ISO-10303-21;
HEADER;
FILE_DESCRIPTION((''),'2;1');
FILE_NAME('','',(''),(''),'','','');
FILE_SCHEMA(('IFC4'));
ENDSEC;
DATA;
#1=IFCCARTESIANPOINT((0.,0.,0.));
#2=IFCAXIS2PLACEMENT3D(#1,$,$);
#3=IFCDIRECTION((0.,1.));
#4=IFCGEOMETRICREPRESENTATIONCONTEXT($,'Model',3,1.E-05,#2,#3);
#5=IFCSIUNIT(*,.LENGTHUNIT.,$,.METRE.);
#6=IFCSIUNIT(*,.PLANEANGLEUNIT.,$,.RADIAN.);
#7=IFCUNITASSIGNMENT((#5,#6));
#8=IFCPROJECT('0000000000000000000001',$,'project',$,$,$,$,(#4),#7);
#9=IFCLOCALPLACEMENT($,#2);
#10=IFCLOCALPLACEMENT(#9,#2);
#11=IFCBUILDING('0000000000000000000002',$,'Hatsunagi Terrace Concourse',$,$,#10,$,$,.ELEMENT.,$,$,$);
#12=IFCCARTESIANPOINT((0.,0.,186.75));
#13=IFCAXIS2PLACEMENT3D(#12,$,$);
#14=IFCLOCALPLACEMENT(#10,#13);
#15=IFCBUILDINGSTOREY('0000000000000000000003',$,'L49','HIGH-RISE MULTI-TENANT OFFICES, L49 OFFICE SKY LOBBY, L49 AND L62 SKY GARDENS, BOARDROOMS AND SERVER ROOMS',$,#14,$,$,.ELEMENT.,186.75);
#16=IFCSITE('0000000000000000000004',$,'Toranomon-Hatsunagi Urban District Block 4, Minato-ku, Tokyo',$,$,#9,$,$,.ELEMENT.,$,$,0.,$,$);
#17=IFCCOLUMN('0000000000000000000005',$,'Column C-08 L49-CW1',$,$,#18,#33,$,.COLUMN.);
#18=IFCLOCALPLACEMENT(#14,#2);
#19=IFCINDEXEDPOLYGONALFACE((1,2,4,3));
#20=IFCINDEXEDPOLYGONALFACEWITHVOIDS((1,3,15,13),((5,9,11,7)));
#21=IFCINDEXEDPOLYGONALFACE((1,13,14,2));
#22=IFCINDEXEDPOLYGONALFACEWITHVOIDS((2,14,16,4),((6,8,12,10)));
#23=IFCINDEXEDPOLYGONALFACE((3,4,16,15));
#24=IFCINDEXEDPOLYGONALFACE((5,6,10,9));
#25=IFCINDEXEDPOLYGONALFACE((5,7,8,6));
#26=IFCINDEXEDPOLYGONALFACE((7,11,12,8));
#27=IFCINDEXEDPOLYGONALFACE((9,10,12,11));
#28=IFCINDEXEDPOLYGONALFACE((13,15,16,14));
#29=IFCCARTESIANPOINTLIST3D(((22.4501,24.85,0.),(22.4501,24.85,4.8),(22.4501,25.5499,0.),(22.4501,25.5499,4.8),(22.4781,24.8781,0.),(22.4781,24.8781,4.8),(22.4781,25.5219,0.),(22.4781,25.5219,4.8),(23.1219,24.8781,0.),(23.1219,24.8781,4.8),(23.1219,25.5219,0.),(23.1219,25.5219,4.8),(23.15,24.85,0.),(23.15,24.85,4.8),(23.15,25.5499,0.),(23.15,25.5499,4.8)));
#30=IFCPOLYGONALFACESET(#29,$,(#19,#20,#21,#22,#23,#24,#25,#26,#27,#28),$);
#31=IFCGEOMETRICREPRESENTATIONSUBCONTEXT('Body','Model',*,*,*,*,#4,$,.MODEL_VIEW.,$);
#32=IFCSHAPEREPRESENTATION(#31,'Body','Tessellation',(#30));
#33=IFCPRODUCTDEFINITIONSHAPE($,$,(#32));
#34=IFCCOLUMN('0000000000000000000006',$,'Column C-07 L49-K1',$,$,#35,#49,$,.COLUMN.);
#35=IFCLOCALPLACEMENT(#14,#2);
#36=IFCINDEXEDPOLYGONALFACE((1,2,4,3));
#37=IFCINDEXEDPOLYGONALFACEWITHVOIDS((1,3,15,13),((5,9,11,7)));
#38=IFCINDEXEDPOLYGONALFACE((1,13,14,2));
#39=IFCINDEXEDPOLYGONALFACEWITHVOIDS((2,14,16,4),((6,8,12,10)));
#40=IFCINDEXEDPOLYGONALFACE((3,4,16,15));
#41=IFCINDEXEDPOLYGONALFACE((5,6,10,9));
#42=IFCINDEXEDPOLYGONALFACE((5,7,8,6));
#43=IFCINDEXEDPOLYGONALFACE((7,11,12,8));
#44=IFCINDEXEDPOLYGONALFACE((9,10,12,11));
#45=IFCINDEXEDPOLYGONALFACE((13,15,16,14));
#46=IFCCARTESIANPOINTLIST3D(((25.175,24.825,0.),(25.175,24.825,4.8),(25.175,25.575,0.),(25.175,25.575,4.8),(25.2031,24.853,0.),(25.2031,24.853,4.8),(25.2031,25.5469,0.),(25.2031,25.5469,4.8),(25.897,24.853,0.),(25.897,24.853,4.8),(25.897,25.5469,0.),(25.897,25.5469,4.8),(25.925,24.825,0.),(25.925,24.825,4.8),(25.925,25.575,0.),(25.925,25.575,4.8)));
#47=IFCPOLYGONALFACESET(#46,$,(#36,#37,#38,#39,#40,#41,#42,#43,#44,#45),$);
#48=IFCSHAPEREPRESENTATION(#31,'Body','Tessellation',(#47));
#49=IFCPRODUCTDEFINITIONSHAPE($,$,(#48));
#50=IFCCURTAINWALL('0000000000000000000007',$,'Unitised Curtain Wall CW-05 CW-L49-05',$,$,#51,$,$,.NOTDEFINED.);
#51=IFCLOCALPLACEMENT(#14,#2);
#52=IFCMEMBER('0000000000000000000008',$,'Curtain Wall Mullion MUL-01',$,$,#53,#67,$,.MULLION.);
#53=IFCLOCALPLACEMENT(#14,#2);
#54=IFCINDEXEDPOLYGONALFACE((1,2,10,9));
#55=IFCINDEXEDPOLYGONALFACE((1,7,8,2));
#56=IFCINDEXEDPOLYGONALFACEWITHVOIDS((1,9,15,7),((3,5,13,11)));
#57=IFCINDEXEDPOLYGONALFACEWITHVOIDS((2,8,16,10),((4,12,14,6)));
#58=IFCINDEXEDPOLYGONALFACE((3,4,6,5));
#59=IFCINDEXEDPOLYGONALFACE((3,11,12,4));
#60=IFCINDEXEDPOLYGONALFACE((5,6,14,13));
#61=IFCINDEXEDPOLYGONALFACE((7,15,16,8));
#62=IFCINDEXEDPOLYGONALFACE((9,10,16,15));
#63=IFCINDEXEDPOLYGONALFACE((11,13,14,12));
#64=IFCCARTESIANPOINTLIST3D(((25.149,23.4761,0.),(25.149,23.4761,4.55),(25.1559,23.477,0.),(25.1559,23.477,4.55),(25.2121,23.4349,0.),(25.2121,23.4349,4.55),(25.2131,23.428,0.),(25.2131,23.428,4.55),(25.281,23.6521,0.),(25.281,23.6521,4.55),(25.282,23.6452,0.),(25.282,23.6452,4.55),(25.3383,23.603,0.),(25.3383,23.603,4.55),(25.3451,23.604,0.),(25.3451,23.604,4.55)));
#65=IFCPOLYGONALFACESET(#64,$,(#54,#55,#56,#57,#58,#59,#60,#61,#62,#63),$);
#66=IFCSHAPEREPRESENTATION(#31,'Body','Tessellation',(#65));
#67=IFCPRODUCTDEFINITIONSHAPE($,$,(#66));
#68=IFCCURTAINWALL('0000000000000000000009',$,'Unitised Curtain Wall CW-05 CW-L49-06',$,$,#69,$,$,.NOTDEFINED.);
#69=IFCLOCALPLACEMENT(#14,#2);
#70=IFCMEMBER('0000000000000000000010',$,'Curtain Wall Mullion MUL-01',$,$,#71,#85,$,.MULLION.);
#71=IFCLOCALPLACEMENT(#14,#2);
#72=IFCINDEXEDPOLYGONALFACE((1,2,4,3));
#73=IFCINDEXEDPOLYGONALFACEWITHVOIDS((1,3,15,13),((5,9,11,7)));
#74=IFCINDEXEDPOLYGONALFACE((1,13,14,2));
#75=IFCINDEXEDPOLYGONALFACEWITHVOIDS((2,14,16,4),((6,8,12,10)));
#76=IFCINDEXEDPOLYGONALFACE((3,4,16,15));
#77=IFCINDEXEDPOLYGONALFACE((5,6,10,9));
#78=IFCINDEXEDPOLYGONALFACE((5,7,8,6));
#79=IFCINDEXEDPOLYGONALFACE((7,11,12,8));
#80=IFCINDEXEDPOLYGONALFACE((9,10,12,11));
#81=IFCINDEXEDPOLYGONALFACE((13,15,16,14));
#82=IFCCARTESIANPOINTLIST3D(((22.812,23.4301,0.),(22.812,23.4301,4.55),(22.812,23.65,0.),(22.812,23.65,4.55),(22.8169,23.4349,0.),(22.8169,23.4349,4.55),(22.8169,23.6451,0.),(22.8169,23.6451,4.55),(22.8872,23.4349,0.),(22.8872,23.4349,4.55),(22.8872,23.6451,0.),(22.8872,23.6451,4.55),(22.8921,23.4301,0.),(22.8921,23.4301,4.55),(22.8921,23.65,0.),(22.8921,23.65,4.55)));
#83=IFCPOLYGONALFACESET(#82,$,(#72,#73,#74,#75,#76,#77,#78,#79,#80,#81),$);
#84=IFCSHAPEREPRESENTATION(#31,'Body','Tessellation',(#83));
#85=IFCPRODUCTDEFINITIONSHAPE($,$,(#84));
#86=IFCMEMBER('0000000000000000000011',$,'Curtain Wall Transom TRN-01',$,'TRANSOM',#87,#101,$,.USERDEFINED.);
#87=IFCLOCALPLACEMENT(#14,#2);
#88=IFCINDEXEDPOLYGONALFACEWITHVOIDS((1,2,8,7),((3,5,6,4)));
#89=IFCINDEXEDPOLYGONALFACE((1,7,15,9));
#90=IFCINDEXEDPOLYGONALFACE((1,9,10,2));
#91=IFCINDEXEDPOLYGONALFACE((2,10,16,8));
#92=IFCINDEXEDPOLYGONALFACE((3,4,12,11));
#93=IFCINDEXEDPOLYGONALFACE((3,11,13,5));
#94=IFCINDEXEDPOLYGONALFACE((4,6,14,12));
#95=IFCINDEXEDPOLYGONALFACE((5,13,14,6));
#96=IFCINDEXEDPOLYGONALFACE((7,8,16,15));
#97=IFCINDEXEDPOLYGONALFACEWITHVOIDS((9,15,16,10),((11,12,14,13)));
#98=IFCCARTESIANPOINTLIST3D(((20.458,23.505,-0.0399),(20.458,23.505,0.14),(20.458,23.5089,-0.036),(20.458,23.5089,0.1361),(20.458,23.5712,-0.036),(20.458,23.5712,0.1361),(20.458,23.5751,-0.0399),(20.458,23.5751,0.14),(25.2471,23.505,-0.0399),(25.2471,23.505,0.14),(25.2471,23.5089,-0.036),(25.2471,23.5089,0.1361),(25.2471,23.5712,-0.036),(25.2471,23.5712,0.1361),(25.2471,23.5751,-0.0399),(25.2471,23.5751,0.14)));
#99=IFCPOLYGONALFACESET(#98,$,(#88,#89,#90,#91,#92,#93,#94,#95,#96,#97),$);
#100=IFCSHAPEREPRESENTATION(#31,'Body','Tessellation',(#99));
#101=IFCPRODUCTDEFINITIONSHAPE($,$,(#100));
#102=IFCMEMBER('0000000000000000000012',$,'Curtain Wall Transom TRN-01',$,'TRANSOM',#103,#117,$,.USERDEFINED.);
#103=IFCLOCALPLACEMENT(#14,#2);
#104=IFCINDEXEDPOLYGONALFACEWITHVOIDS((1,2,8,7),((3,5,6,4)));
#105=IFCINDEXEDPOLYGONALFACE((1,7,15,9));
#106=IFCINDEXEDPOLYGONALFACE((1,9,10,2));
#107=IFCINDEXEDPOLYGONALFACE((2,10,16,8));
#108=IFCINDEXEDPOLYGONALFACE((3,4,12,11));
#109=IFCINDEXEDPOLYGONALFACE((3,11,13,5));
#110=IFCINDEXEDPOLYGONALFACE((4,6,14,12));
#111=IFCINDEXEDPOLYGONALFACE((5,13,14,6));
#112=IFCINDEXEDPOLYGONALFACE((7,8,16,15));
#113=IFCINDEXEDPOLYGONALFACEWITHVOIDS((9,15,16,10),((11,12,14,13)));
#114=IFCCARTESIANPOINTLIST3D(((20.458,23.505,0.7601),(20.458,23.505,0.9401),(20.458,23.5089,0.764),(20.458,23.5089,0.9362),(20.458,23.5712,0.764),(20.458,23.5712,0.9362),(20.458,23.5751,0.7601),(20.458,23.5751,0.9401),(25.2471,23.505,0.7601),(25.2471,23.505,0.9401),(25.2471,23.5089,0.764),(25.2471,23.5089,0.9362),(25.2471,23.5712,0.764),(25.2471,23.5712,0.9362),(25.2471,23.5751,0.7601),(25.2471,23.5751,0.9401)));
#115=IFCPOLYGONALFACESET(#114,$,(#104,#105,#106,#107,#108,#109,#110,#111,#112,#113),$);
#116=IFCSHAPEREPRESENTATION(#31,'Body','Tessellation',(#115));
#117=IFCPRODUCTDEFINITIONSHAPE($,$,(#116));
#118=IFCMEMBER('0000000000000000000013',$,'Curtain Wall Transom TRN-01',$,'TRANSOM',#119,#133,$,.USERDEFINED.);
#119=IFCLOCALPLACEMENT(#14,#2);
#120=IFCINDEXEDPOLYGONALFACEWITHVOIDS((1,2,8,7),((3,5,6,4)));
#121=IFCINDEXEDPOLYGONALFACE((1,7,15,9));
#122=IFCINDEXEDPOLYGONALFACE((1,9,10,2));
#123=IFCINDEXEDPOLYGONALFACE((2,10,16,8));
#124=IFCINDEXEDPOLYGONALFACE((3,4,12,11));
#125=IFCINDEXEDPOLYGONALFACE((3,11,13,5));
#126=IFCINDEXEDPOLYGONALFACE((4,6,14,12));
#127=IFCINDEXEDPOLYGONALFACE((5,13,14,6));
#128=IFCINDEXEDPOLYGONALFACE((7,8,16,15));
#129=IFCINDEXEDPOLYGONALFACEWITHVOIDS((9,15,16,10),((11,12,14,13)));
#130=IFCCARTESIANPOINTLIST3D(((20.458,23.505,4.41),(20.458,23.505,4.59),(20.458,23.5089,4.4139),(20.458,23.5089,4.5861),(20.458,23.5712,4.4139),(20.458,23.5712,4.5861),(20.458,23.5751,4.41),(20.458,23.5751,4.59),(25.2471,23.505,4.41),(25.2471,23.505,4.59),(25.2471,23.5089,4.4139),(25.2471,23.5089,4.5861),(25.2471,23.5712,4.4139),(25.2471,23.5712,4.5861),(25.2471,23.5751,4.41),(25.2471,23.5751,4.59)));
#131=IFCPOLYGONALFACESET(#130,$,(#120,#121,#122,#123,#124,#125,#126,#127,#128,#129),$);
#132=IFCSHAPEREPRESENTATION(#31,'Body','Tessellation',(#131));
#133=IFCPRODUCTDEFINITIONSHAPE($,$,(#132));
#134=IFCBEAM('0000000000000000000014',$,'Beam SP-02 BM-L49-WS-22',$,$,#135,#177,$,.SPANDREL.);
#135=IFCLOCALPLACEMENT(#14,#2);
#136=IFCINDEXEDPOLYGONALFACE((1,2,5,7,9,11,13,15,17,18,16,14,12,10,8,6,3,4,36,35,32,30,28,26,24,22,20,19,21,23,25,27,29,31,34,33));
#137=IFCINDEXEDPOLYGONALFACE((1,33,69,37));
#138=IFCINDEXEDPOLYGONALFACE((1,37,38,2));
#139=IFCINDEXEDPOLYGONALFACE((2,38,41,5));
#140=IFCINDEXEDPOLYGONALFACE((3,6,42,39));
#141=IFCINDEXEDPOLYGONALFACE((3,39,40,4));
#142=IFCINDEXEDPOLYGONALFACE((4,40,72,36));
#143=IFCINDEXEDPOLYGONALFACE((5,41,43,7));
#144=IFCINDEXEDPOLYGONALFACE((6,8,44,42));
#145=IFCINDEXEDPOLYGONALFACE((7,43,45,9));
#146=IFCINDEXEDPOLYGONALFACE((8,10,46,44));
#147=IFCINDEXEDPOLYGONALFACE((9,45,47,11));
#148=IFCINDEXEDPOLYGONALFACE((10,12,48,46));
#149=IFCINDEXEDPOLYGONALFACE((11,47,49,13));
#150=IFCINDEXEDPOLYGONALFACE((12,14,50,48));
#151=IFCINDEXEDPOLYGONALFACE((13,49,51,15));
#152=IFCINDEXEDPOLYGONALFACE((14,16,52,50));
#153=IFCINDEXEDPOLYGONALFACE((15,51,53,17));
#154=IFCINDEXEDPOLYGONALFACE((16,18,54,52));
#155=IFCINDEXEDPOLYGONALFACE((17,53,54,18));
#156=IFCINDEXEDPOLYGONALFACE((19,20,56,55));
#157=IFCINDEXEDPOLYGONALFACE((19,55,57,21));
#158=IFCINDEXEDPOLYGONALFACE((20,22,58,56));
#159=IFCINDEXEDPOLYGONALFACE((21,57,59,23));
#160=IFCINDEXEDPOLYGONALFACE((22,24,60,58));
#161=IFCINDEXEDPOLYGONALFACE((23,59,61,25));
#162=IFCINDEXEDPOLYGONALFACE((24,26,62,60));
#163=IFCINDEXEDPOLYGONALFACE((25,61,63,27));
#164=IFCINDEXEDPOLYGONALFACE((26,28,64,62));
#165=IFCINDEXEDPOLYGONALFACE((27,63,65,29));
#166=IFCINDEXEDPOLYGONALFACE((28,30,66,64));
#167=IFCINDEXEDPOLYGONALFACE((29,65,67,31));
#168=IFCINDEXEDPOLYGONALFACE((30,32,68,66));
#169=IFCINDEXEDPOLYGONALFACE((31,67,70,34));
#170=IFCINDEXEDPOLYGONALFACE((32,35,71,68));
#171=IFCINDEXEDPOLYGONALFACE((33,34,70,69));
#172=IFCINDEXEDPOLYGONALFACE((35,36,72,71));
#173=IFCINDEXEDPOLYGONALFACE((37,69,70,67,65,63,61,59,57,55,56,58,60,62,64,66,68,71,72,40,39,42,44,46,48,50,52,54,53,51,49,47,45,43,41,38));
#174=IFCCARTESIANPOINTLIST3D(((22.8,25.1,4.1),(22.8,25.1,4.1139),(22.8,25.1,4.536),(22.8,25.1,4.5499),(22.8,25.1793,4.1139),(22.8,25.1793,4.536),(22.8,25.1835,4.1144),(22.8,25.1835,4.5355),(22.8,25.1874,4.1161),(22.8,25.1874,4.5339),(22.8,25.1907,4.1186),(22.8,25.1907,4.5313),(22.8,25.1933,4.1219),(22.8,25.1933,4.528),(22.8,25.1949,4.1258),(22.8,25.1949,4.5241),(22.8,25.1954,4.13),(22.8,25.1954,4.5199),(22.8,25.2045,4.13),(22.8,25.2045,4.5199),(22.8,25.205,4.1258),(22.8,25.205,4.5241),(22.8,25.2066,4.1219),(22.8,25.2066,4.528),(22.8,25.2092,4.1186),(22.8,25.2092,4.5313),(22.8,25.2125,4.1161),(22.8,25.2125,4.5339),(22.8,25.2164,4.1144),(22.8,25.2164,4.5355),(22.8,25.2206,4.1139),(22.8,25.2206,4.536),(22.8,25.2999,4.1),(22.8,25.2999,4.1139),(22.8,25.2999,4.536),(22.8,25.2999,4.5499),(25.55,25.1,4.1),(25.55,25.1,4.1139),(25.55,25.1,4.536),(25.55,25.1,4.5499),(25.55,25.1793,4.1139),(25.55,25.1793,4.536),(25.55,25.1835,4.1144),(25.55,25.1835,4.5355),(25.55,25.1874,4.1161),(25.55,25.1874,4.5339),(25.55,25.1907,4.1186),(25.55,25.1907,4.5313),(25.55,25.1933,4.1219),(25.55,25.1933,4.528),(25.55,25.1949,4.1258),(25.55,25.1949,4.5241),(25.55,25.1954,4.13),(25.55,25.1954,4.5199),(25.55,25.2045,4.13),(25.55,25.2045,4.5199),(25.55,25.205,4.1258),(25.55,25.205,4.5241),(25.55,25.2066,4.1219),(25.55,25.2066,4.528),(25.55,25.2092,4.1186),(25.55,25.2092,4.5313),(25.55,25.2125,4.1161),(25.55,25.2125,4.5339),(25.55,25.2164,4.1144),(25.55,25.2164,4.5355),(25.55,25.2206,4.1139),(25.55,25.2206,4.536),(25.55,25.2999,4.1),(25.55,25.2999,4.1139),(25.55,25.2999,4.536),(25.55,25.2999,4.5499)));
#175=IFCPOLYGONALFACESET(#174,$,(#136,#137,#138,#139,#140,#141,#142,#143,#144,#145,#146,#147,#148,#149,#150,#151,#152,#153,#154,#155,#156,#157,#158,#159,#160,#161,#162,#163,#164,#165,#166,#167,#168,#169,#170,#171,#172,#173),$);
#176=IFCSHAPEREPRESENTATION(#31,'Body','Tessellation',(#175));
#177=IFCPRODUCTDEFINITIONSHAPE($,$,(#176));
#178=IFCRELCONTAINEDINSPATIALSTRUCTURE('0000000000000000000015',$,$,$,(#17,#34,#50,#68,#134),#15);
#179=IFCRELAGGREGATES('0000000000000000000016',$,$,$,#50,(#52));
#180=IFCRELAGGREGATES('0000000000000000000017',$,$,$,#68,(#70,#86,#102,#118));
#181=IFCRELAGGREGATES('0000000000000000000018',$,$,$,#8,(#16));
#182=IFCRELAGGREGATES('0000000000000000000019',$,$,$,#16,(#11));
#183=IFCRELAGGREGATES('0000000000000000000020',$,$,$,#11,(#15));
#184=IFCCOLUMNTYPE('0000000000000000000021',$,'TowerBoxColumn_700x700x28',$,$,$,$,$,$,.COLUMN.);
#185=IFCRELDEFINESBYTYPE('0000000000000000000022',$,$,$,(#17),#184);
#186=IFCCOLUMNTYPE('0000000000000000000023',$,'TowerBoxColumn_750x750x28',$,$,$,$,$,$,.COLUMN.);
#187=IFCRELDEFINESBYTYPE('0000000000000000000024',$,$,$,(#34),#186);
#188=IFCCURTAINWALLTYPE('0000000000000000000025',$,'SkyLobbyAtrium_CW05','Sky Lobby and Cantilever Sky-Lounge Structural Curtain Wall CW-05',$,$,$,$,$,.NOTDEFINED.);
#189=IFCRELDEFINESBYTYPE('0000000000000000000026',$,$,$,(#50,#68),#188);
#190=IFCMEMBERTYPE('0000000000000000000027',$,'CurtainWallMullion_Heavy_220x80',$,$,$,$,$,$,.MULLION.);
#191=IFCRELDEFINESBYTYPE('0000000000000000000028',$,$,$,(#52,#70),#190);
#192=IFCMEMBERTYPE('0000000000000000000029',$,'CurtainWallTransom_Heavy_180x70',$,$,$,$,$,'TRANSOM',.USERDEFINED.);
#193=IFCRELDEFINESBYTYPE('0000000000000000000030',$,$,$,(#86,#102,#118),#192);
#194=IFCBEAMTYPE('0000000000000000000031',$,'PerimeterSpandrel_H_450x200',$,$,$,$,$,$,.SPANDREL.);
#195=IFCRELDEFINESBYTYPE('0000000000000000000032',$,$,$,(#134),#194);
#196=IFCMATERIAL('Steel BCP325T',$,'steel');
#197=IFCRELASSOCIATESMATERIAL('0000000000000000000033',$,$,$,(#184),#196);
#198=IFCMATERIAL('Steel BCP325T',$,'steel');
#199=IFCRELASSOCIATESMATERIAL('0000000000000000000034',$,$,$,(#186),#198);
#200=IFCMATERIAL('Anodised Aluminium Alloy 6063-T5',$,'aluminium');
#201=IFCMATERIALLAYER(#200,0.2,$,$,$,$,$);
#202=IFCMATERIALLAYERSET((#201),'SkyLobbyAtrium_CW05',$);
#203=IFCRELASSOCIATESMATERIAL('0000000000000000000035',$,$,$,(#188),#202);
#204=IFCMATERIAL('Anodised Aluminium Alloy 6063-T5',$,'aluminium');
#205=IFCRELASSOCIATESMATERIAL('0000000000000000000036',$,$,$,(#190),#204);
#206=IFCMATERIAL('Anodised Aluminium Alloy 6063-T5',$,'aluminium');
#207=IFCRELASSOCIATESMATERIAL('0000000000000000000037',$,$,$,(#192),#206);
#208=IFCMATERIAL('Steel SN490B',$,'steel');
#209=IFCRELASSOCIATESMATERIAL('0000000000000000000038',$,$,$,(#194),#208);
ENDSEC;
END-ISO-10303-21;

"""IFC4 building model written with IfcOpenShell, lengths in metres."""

from ifc_helpers import new_model, si_unit, direction, frame, origin, origin_2d, place, context, subcontext, project, spatial, hollow_rectangle, i_section, extrude, material, layer, layer_set, material_profile, profile_set, type_object, element, aggregate, save


model = new_model("IFC4")

# Units and contexts
model_context = context("Model", 3, precision=1e-05, world=origin(), true_north=direction((0.0, 1.0)))
body_context = subcontext(model_context, "Body", "Model", "MODEL_VIEW")
ifc_project = project(units=[si_unit("LENGTHUNIT", "METRE"), si_unit("PLANEANGLEUNIT", "RADIAN")], contexts=[model_context])

# Site, building, storey
site_placement = place(None, origin())
site = spatial("IfcSite", under=ifc_project, at=site_placement, Name="Toranomon-Hatsunagi Urban District Block 4, Minato-ku, Tokyo", CompositionType="ELEMENT", RefElevation=0.0)
building_placement = place(site_placement, origin())
building = spatial("IfcBuilding", under=site, at=building_placement, Name="Hatsunagi Terrace Concourse", CompositionType="ELEMENT")
storey_placement = place(building_placement, frame((0.0, 0.0, 186.75)))
storey = spatial("IfcBuildingStorey", under=building, at=storey_placement, Name="L49", Description="HIGH-RISE MULTI-TENANT OFFICES, L49 OFFICE SKY LOBBY, L49 AND L62 SKY GARDENS, BOARDROOMS AND SERVER ROOMS", CompositionType="ELEMENT", Elevation=186.75)

# Columns
ifc_material_1 = material(Name="Steel BCP325T", Category="steel")
ifc_material_profile_1 = material_profile(ifc_material_1, hollow_rectangle(XDim=0.7, YDim=0.7, WallThickness=0.0281, at=origin_2d()), Name="BCP-700x700x28")
ifc_profile_set_1 = profile_set([ifc_material_profile_1], Name="Steel BCP325T")
column_type_1 = type_object("IfcColumnType", Name="TowerBoxColumn_700x700x28", PredefinedType="COLUMN", material=ifc_profile_set_1)
column_1_placement = place(storey_placement, frame((22.8, 25.2, 0.0), z_axis=(0.0, 0.0, 1.0), x_axis=(1.0, 0.0, 0.0)))
element("IfcColumn", 1, at=column_1_placement, inside=storey, type_object=column_type_1, Name="Column C-08 L49-CW1", PredefinedType="COLUMN", context=body_context, shape_type="SweptSolid", body=[
    extrude(hollow_rectangle(XDim=0.7, YDim=0.7, WallThickness=0.0281, at=origin_2d()), origin(), (0.0, 0.0, 1.0), 4.8),
])
ifc_material_2 = material(Name="Steel BCP325T", Category="steel")
ifc_material_profile_2 = material_profile(ifc_material_2, hollow_rectangle(XDim=0.75, YDim=0.75, WallThickness=0.0281, at=origin_2d()), Name="BCP-750x750x28")
ifc_profile_set_2 = profile_set([ifc_material_profile_2], Name="Steel BCP325T")
column_type_2 = type_object("IfcColumnType", Name="TowerBoxColumn_750x750x28", PredefinedType="COLUMN", material=ifc_profile_set_2)
column_2_placement = place(storey_placement, frame((25.55, 25.2, 0.0), z_axis=(0.0, 0.0, 1.0), x_axis=(1.0, 0.0, 0.0)))
element("IfcColumn", 2, at=column_2_placement, inside=storey, type_object=column_type_2, Name="Column C-07 L49-K1", PredefinedType="COLUMN", context=body_context, shape_type="SweptSolid", body=[
    extrude(hollow_rectangle(XDim=0.75, YDim=0.75, WallThickness=0.0281, at=origin_2d()), origin(), (0.0, 0.0, 1.0), 4.8),
])

# Curtain wall, member
ifc_material_3 = material(Name="Anodised Aluminium Alloy 6063-T5", Category="aluminium")
ifc_layer_1 = layer(ifc_material_3, 0.2)
ifc_layer_set_1 = layer_set([ifc_layer_1], Name="SkyLobbyAtrium_CW05")
curtain_wall_type = type_object("IfcCurtainWallType", Name="SkyLobbyAtrium_CW05", Description="Sky Lobby and Cantilever Sky-Lounge Structural Curtain Wall CW-05", PredefinedType="NOTDEFINED", material=ifc_layer_set_1)
curtain_wall_1_placement = place(storey_placement, origin())
curtain_wall_1 = element("IfcCurtainWall", 3, at=curtain_wall_1_placement, inside=storey, type_object=curtain_wall_type, Name="Unitised Curtain Wall CW-05 CW-L49-05", PredefinedType="NOTDEFINED")
ifc_material_4 = material(Name="Anodised Aluminium Alloy 6063-T5", Category="aluminium")
ifc_material_profile_3 = material_profile(ifc_material_4, hollow_rectangle(XDim=0.0801, YDim=0.22, WallThickness=0.0049, at=origin_2d()), Name="ALU-MUL-220x80x5")
ifc_profile_set_3 = profile_set([ifc_material_profile_3], Name="Anodised Aluminium Alloy 6063-T5")
member_type_1 = type_object("IfcMemberType", Name="CurtainWallMullion_Heavy_220x80", PredefinedType="MULLION", material=ifc_profile_set_3)
member_1_placement = place(storey_placement, frame((25.2471, 23.54, 0.0), z_axis=(0.0, 0.0, 1.0), x_axis=(-0.800005, 0.599993, 0.0)))
member_1 = element("IfcMember", 4, at=member_1_placement, type_object=member_type_1, Name="Curtain Wall Mullion MUL-01", PredefinedType="MULLION", context=body_context, shape_type="SweptSolid", body=[
    extrude(hollow_rectangle(XDim=0.0801, YDim=0.22, WallThickness=0.0049, at=origin_2d()), origin(), (0.0, 0.0, 1.0), 4.55),
])
aggregate(curtain_wall_1, [member_1])

# Curtain wall, members
curtain_wall_2_placement = place(storey_placement, origin())
curtain_wall_2 = element("IfcCurtainWall", 5, at=curtain_wall_2_placement, inside=storey, type_object=curtain_wall_type, Name="Unitised Curtain Wall CW-05 CW-L49-06", PredefinedType="NOTDEFINED")
member_2_placement = place(storey_placement, frame((22.8521, 23.54, 0.0), z_axis=(0.0, 0.0, 1.0), x_axis=(-1.0, 0.0, 0.0)))
member_2 = element("IfcMember", 6, at=member_2_placement, type_object=member_type_1, Name="Curtain Wall Mullion MUL-01", PredefinedType="MULLION", context=body_context, shape_type="SweptSolid", body=[
    extrude(hollow_rectangle(XDim=0.0801, YDim=0.22, WallThickness=0.0049, at=origin_2d()), origin(), (0.0, 0.0, 1.0), 4.55),
])
ifc_material_5 = material(Name="Anodised Aluminium Alloy 6063-T5", Category="aluminium")
ifc_material_profile_4 = material_profile(ifc_material_5, hollow_rectangle(XDim=0.0701, YDim=0.1799, WallThickness=0.0039, at=origin_2d()), Name="ALU-TRN-180x70x4")
ifc_profile_set_4 = profile_set([ifc_material_profile_4], Name="Anodised Aluminium Alloy 6063-T5")
member_type_2 = type_object("IfcMemberType", Name="CurtainWallTransom_Heavy_180x70", ElementType="TRANSOM", PredefinedType="USERDEFINED", material=ifc_profile_set_4)
member_3_placement = place(storey_placement, frame((25.2471, 23.54, 0.05), z_axis=(-1.0, 0.0, 0.0), x_axis=(0.0, -1.0, 0.0)))
member_3 = element("IfcMember", 7, at=member_3_placement, type_object=member_type_2, Name="Curtain Wall Transom TRN-01", ObjectType="TRANSOM", PredefinedType="USERDEFINED", context=body_context, shape_type="SweptSolid", body=[
    extrude(hollow_rectangle(XDim=0.0701, YDim=0.1799, WallThickness=0.0039, at=origin_2d()), origin(), (0.0, 0.0, 1.0), 4.7891),
])
member_4_placement = place(storey_placement, frame((25.2471, 23.54, 0.8501), z_axis=(-1.0, 0.0, 0.0), x_axis=(0.0, -1.0, 0.0)))
member_4 = element("IfcMember", 8, at=member_4_placement, type_object=member_type_2, Name="Curtain Wall Transom TRN-01", ObjectType="TRANSOM", PredefinedType="USERDEFINED", context=body_context, shape_type="SweptSolid", body=[
    extrude(hollow_rectangle(XDim=0.0701, YDim=0.1799, WallThickness=0.0039, at=origin_2d()), origin(), (0.0, 0.0, 1.0), 4.7891),
])
member_5_placement = place(storey_placement, frame((25.2471, 23.54, 4.5), z_axis=(-1.0, 0.0, 0.0), x_axis=(0.0, -1.0, 0.0)))
member_5 = element("IfcMember", 9, at=member_5_placement, type_object=member_type_2, Name="Curtain Wall Transom TRN-01", ObjectType="TRANSOM", PredefinedType="USERDEFINED", context=body_context, shape_type="SweptSolid", body=[
    extrude(hollow_rectangle(XDim=0.0701, YDim=0.1799, WallThickness=0.0039, at=origin_2d()), origin(), (0.0, 0.0, 1.0), 4.7891),
])

# Beam
ifc_material_6 = material(Name="Steel SN490B", Category="steel")
ifc_material_profile_5 = material_profile(ifc_material_6, i_section(OverallWidth=0.2, OverallDepth=0.45, WebThickness=0.009, FlangeThickness=0.0139, FilletRadius=0.0161, at=origin_2d()), Name="H-450x200x9x14")
ifc_profile_set_5 = profile_set([ifc_material_profile_5], Name="Steel SN490B")
beam_type_1 = type_object("IfcBeamType", Name="PerimeterSpandrel_H_450x200", PredefinedType="SPANDREL", material=ifc_profile_set_5)
beam_1_placement = place(storey_placement, frame((22.8, 25.2, 4.325), z_axis=(1.0, 0.0, 0.0), x_axis=(0.0, 1.0, 0.0)))
element("IfcBeam", 10, at=beam_1_placement, inside=storey, type_object=beam_type_1, Name="Beam SP-02 BM-L49-WS-22", PredefinedType="SPANDREL", context=body_context, shape_type="SweptSolid", body=[
    extrude(i_section(OverallWidth=0.2, OverallDepth=0.45, WebThickness=0.009, FlangeThickness=0.0139, FilletRadius=0.0161, at=origin_2d()), origin(), (0.0, 0.0, 1.0), 2.75),
])

aggregate(curtain_wall_2, [member_2, member_3, member_4, member_5])

save(model, "model.ifc")
